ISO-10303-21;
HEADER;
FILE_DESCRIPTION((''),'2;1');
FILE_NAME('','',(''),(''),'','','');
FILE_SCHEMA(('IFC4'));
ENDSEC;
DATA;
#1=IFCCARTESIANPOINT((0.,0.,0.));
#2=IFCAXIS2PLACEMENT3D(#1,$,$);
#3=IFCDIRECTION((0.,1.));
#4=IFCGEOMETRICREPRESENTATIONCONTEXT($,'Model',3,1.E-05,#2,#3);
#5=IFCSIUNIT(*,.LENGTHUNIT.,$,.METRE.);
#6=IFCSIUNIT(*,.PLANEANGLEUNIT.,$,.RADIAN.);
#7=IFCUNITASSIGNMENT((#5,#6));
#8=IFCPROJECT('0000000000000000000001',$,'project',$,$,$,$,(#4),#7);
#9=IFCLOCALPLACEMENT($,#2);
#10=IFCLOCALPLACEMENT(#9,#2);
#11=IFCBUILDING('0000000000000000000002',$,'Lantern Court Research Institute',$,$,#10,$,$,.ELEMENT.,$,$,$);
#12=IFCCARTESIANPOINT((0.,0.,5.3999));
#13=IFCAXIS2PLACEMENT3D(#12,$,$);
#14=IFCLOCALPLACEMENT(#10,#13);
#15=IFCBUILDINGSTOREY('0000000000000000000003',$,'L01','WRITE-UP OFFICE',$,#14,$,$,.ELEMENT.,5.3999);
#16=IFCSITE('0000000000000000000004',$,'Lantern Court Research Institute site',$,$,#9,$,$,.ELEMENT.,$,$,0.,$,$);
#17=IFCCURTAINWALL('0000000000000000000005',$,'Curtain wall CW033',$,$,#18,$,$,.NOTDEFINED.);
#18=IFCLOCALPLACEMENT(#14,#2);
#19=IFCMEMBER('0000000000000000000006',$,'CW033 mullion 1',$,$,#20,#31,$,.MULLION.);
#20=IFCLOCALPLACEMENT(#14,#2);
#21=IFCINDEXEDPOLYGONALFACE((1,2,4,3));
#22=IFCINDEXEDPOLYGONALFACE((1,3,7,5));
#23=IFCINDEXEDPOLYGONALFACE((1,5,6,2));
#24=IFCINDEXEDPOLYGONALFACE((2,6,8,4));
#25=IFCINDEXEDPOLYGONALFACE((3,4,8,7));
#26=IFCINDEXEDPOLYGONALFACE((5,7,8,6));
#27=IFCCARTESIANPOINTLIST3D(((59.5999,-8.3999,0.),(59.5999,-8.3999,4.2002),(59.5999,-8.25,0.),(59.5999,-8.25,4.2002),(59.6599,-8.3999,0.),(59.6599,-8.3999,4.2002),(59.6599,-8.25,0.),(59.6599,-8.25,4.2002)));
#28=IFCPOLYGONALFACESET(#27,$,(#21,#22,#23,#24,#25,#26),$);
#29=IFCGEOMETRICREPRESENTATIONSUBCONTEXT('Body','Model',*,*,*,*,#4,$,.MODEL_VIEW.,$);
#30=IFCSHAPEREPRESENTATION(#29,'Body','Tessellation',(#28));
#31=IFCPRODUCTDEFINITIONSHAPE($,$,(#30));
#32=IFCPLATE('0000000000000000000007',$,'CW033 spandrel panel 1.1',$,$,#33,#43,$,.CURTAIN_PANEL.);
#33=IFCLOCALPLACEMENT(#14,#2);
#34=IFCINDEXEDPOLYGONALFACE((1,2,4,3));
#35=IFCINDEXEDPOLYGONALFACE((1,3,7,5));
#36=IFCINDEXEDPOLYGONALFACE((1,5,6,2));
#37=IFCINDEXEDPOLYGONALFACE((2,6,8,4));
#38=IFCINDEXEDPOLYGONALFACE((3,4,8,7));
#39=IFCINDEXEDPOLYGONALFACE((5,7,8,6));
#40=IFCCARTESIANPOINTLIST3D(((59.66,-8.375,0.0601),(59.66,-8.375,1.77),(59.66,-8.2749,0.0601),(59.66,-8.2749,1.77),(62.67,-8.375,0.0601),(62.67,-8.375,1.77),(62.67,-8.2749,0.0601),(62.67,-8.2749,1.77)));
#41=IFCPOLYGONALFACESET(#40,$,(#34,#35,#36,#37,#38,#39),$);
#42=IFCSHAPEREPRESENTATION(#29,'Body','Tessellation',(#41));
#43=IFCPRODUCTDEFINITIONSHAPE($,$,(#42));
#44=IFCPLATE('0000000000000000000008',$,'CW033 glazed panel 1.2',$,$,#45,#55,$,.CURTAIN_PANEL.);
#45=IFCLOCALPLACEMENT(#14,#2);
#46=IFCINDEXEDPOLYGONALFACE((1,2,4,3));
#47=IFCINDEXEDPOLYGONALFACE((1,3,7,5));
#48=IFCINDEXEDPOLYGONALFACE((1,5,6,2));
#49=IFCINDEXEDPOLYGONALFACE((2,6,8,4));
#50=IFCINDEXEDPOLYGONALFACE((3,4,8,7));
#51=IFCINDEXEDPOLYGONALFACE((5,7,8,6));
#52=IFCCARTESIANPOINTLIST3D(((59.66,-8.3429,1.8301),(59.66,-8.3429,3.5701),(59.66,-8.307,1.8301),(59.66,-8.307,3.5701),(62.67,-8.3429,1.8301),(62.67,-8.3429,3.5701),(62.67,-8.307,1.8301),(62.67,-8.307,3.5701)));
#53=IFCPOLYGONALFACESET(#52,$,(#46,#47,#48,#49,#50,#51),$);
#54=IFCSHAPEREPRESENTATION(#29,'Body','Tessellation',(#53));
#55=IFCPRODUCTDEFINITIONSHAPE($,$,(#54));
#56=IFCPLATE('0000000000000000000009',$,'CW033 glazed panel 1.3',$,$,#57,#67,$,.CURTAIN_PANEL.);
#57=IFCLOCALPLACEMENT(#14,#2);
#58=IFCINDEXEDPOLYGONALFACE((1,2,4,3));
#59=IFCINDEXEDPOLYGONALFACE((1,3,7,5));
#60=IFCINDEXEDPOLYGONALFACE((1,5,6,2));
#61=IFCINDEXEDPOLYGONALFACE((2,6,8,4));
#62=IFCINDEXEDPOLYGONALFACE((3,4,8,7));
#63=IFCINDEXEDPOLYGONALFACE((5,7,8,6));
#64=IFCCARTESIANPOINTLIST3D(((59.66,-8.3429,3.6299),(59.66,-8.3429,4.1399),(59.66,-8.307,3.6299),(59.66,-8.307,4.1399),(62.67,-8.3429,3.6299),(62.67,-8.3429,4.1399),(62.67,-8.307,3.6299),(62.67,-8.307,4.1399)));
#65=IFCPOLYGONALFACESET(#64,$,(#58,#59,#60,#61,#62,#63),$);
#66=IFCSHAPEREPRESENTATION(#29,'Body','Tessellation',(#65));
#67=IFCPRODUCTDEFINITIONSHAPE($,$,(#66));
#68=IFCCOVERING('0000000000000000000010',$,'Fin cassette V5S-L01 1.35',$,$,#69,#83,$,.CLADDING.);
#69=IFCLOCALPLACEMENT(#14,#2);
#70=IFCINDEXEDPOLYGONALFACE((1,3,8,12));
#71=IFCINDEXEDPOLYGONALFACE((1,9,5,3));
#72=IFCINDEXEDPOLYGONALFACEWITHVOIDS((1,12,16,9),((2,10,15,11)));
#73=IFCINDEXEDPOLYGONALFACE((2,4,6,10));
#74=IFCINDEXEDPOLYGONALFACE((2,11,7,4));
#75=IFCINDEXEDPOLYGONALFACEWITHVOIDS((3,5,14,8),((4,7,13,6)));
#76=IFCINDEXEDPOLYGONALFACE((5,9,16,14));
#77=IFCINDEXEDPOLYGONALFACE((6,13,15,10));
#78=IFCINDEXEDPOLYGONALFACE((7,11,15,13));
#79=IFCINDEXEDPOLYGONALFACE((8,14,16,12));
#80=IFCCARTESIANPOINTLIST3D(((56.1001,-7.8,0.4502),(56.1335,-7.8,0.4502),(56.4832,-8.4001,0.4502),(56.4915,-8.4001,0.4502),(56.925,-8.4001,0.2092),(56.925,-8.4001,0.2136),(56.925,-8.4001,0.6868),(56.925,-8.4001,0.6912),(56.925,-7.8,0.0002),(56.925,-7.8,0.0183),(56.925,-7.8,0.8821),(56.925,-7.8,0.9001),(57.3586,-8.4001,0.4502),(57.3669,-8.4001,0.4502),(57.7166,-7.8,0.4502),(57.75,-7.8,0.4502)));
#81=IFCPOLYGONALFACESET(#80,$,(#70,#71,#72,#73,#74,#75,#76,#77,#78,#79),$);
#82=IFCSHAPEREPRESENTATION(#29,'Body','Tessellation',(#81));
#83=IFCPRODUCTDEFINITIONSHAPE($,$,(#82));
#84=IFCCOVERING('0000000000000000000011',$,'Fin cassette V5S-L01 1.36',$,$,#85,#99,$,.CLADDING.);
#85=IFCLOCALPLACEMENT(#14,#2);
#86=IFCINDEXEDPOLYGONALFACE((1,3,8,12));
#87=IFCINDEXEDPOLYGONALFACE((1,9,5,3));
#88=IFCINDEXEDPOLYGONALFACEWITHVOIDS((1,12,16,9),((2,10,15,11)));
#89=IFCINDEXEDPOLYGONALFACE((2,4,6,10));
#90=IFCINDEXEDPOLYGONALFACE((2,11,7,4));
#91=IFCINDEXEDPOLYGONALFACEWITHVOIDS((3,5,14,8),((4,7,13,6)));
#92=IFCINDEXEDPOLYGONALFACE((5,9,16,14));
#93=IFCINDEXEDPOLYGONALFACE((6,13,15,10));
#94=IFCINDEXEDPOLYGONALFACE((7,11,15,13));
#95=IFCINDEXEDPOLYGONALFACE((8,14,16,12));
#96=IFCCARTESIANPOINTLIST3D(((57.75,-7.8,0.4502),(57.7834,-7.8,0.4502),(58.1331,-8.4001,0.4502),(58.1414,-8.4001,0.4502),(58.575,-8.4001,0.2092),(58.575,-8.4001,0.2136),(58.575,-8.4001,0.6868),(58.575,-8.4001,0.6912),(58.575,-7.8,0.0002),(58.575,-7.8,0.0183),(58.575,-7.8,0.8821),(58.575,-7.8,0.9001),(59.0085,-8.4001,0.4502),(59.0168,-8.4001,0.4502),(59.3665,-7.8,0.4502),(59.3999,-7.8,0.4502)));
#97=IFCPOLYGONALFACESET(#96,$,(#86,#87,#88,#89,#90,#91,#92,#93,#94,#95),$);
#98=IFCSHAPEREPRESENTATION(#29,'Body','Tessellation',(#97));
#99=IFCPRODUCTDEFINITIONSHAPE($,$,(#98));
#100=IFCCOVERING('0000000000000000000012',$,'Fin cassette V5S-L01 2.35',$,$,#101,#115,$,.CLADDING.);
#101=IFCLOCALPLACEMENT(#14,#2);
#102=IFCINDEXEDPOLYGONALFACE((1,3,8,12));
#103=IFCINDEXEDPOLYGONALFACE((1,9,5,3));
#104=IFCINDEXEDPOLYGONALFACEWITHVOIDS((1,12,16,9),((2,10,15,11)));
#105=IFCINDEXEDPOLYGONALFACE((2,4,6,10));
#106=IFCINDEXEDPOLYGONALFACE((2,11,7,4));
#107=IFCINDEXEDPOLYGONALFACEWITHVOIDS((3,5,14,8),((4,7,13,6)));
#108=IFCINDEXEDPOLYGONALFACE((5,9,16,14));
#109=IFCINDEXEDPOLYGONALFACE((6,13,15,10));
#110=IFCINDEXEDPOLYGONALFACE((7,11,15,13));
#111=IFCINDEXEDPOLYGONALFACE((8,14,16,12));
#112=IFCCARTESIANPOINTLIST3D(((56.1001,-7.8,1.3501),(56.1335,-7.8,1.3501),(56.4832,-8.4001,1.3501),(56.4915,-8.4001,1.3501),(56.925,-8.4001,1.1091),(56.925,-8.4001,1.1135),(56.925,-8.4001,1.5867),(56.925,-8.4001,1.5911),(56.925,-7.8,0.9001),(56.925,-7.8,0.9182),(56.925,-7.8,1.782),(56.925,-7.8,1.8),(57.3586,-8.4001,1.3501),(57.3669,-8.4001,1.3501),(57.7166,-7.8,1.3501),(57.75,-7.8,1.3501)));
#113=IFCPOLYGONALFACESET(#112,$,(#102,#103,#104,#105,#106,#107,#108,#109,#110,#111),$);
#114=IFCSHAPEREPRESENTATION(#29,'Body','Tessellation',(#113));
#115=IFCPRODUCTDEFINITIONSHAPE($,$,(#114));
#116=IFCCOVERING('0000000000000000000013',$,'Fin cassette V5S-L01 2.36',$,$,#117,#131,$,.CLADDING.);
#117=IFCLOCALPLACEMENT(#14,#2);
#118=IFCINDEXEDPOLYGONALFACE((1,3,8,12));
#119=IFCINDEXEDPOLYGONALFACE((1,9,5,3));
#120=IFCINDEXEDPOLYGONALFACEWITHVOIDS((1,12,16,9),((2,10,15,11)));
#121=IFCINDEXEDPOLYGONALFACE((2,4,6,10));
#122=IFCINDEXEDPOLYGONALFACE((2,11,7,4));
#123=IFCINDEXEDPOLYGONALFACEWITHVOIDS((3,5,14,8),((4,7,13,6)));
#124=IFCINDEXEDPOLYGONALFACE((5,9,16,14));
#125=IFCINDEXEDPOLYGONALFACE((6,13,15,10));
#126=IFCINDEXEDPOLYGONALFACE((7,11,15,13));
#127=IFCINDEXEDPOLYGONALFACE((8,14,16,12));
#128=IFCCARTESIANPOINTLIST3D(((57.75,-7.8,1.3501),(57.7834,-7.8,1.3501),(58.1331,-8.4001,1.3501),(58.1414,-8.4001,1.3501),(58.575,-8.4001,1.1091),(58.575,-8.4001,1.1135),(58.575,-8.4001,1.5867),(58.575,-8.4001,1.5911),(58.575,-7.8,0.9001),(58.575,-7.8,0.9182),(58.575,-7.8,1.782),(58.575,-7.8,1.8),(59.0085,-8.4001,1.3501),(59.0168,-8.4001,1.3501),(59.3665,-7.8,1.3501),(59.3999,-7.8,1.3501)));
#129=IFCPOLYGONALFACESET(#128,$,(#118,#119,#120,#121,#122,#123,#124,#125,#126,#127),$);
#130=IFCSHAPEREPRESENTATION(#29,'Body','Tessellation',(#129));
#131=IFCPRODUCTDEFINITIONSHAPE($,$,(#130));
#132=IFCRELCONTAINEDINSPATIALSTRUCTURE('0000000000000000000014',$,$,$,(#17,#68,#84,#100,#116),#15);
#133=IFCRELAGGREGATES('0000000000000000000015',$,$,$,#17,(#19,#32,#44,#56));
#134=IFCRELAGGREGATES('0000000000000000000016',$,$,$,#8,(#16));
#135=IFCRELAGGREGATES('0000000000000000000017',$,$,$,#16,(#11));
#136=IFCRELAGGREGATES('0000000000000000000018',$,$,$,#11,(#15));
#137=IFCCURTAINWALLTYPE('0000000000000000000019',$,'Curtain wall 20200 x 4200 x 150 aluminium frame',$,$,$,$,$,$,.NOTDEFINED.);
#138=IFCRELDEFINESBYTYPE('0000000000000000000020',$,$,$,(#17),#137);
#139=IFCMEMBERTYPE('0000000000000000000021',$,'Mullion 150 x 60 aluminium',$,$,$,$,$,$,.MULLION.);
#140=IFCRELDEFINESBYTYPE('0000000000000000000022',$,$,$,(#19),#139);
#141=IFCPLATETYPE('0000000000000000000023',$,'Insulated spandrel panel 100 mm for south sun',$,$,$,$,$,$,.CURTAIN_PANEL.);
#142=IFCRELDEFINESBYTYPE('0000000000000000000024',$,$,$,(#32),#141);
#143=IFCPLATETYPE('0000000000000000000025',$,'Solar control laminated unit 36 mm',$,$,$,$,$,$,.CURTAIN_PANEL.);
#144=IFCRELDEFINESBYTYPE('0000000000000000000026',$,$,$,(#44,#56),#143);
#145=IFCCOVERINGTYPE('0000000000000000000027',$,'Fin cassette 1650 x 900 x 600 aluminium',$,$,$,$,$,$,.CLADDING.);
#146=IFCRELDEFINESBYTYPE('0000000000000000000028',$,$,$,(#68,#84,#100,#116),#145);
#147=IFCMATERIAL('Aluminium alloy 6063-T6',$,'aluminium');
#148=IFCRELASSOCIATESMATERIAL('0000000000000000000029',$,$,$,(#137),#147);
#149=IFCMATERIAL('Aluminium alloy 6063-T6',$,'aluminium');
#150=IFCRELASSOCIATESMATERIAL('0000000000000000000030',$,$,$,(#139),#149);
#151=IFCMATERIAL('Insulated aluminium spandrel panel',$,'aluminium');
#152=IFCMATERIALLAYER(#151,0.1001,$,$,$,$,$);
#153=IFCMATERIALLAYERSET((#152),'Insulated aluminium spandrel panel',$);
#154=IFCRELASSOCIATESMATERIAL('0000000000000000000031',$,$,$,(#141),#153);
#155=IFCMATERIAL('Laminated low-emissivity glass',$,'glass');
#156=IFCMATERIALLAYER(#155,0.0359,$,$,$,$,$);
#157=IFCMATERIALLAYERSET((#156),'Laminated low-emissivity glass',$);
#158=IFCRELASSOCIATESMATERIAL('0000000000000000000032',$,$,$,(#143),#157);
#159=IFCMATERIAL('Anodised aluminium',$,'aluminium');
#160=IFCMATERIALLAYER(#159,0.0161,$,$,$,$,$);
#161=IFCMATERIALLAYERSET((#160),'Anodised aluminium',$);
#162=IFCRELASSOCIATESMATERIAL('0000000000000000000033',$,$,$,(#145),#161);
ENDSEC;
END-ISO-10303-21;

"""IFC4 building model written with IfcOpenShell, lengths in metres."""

from ifc_helpers import new_model, entity, si_unit, direction, frame, origin, origin_2d, place, context, subcontext, project, spatial, rectangle, extrude, material, layer, layer_set, material_profile, profile_set, type_object, element, aggregate, save


model = new_model("IFC4")

# Units and contexts
model_context = context("Model", 3, precision=1e-05, world=origin(), true_north=direction((0.0, 1.0)))
body_context = subcontext(model_context, "Body", "Model", "MODEL_VIEW")
ifc_project = project(units=[si_unit("LENGTHUNIT", "METRE"), si_unit("PLANEANGLEUNIT", "RADIAN")], contexts=[model_context])

# Site, building, storey
site_placement = place(None, origin())
site = spatial("IfcSite", under=ifc_project, at=site_placement, Name="Lantern Court Research Institute site", CompositionType="ELEMENT", RefElevation=0.0)
building_placement = place(site_placement, origin())
building = spatial("IfcBuilding", under=site, at=building_placement, Name="Lantern Court Research Institute", CompositionType="ELEMENT")
storey_placement = place(building_placement, frame((0.0, 0.0, 5.3999)))
storey = spatial("IfcBuildingStorey", under=building, at=storey_placement, Name="L01", Description="WRITE-UP OFFICE", CompositionType="ELEMENT", Elevation=5.3999)

# Curtain wall, member, plates
ifc_material_1 = material(Name="Aluminium alloy 6063-T6", Category="aluminium")
curtain_wall_type = type_object("IfcCurtainWallType", Name="Curtain wall 20200 x 4200 x 150 aluminium frame", PredefinedType="NOTDEFINED", material=ifc_material_1)
curtain_wall_placement = place(storey_placement, origin())
curtain_wall = element("IfcCurtainWall", 1, at=curtain_wall_placement, inside=storey, type_object=curtain_wall_type, Name="Curtain wall CW033", PredefinedType="NOTDEFINED")
ifc_material_2 = material(Name="Aluminium alloy 6063-T6", Category="aluminium")
ifc_material_profile = material_profile(ifc_material_2, rectangle(XDim=0.1499, YDim=0.0601, at=origin_2d()), Name="Mullion 150 x 60")
ifc_profile_set = profile_set([ifc_material_profile], Name="Aluminium alloy 6063-T6")
member_type = type_object("IfcMemberType", Name="Mullion 150 x 60 aluminium", PredefinedType="MULLION", material=ifc_profile_set)
member_placement = place(storey_placement, frame((59.6299, -8.325, 0.0), z_axis=(0.0, 0.0, 1.0), x_axis=(0.0, -1.0, 0.0)))
member = element("IfcMember", 2, at=member_placement, type_object=member_type, Name="CW033 mullion 1", PredefinedType="MULLION", context=body_context, shape_type="SweptSolid", body=[
    extrude(rectangle(XDim=0.1499, YDim=0.0601, at=origin_2d()), origin(), (0.0, 0.0, 1.0), 4.2002),
])
ifc_material_3 = material(Name="Insulated aluminium spandrel panel", Category="aluminium")
ifc_layer_1 = layer(ifc_material_3, 0.1001)
ifc_layer_set_1 = layer_set([ifc_layer_1], Name="Insulated aluminium spandrel panel")
plate_type_1 = type_object("IfcPlateType", Name="Insulated spandrel panel 100 mm for south sun", PredefinedType="CURTAIN_PANEL", material=ifc_layer_set_1)
plate_1_placement = place(storey_placement, frame((61.165, -8.325, 0.0601), z_axis=(0.0, 0.0, 1.0), x_axis=(-1.0, 0.0, 0.0)))
plate_1 = element("IfcPlate", 3, at=plate_1_placement, type_object=plate_type_1, Name="CW033 spandrel panel 1.1", PredefinedType="CURTAIN_PANEL", context=body_context, shape_type="SweptSolid", body=[
    extrude(rectangle(XDim=3.01, YDim=0.1001, at=origin_2d()), origin(), (0.0, 0.0, 1.0), 1.71),
])
ifc_material_4 = material(Name="Laminated low-emissivity glass", Category="glass")
ifc_layer_2 = layer(ifc_material_4, 0.0359)
ifc_layer_set_2 = layer_set([ifc_layer_2], Name="Laminated low-emissivity glass")
plate_type_2 = type_object("IfcPlateType", Name="Solar control laminated unit 36 mm", PredefinedType="CURTAIN_PANEL", material=ifc_layer_set_2)
plate_2_placement = place(storey_placement, frame((61.165, -8.325, 1.8301), z_axis=(0.0, 0.0, 1.0), x_axis=(-1.0, 0.0, 0.0)))
plate_2 = element("IfcPlate", 4, at=plate_2_placement, type_object=plate_type_2, Name="CW033 glazed panel 1.2", PredefinedType="CURTAIN_PANEL", context=body_context, shape_type="SweptSolid", body=[
    extrude(rectangle(XDim=3.01, YDim=0.0359, at=origin_2d()), origin(), (0.0, 0.0, 1.0), 1.74),
])
plate_3_placement = place(storey_placement, frame((61.165, -8.325, 3.6299), z_axis=(0.0, 0.0, 1.0), x_axis=(-1.0, 0.0, 0.0)))
plate_3 = element("IfcPlate", 5, at=plate_3_placement, type_object=plate_type_2, Name="CW033 glazed panel 1.3", PredefinedType="CURTAIN_PANEL", context=body_context, shape_type="SweptSolid", body=[
    extrude(rectangle(XDim=3.01, YDim=0.0359, at=origin_2d()), origin(), (0.0, 0.0, 1.0), 0.51),
])
aggregate(curtain_wall, [member, plate_1, plate_2, plate_3])

# Coverings
ifc_material_5 = material(Name="Anodised aluminium", Category="aluminium")
ifc_layer_3 = layer(ifc_material_5, 0.0161)
ifc_layer_set_3 = layer_set([ifc_layer_3], Name="Anodised aluminium")
covering_type = type_object("IfcCoveringType", Name="Fin cassette 1650 x 900 x 600 aluminium", PredefinedType="CLADDING", material=ifc_layer_set_3)
covering_1_placement = place(storey_placement, frame((56.925, -7.8, 0.4502), z_axis=(0.0, -1.0, 0.0), x_axis=(1.0, 0.0, 0.0)))
cartesian_point_1 = entity("IfcCartesianPoint", [0.825, 0.0])
cartesian_point_2 = entity("IfcCartesianPoint", [0.7915, 0.0])
cartesian_point_3 = entity("IfcCartesianPoint", [0.4419, 0.0])
cartesian_point_4 = entity("IfcCartesianPoint", [0.4336, 0.0])
element("IfcCovering", 6, at=covering_1_placement, inside=storey, type_object=covering_type, Name="Fin cassette V5S-L01 1.35", PredefinedType="CLADDING", context=body_context, shape_type="SweptSolid", body=[
    entity("IfcExtrudedAreaSolidTapered", entity("IfcArbitraryProfileDefWithVoids", "AREA", None, entity("IfcPolyline", [cartesian_point_1, entity("IfcCartesianPoint", [0.0, 0.45]), entity("IfcCartesianPoint", [-0.825, 0.0]), entity("IfcCartesianPoint", [0.0, -0.45]), cartesian_point_1]), [entity("IfcPolyline", [cartesian_point_2, entity("IfcCartesianPoint", [0.0, 0.4319]), entity("IfcCartesianPoint", [-0.7915, 0.0]), entity("IfcCartesianPoint", [0.0, -0.4319]), cartesian_point_2])]), entity("IfcAxis2Placement3D", entity("IfcCartesianPoint", [0.0, 0.0, 0.0])), entity("IfcDirection", [0.0, 0.0, 1.0]), 0.6001, entity("IfcArbitraryProfileDefWithVoids", "AREA", None, entity("IfcPolyline", [cartesian_point_3, entity("IfcCartesianPoint", [0.0, 0.241]), entity("IfcCartesianPoint", [-0.4419, 0.0]), entity("IfcCartesianPoint", [0.0, -0.241]), cartesian_point_3]), [entity("IfcPolyline", [cartesian_point_4, entity("IfcCartesianPoint", [0.0, 0.2366]), entity("IfcCartesianPoint", [-0.4336, 0.0]), entity("IfcCartesianPoint", [0.0, -0.2366]), cartesian_point_4])])),
])
covering_2_placement = place(storey_placement, frame((58.575, -7.8, 0.4502), z_axis=(0.0, -1.0, 0.0), x_axis=(1.0, 0.0, 0.0)))
cartesian_point_5 = entity("IfcCartesianPoint", [0.825, 0.0])
cartesian_point_6 = entity("IfcCartesianPoint", [0.7915, 0.0])
cartesian_point_7 = entity("IfcCartesianPoint", [0.4419, 0.0])
cartesian_point_8 = entity("IfcCartesianPoint", [0.4336, 0.0])
element("IfcCovering", 7, at=covering_2_placement, inside=storey, type_object=covering_type, Name="Fin cassette V5S-L01 1.36", PredefinedType="CLADDING", context=body_context, shape_type="SweptSolid", body=[
    entity("IfcExtrudedAreaSolidTapered", entity("IfcArbitraryProfileDefWithVoids", "AREA", None, entity("IfcPolyline", [cartesian_point_5, entity("IfcCartesianPoint", [0.0, 0.45]), entity("IfcCartesianPoint", [-0.825, 0.0]), entity("IfcCartesianPoint", [0.0, -0.45]), cartesian_point_5]), [entity("IfcPolyline", [cartesian_point_6, entity("IfcCartesianPoint", [0.0, 0.4319]), entity("IfcCartesianPoint", [-0.7915, 0.0]), entity("IfcCartesianPoint", [0.0, -0.4319]), cartesian_point_6])]), entity("IfcAxis2Placement3D", entity("IfcCartesianPoint", [0.0, 0.0, 0.0])), entity("IfcDirection", [0.0, 0.0, 1.0]), 0.6001, entity("IfcArbitraryProfileDefWithVoids", "AREA", None, entity("IfcPolyline", [cartesian_point_7, entity("IfcCartesianPoint", [0.0, 0.241]), entity("IfcCartesianPoint", [-0.4419, 0.0]), entity("IfcCartesianPoint", [0.0, -0.241]), cartesian_point_7]), [entity("IfcPolyline", [cartesian_point_8, entity("IfcCartesianPoint", [0.0, 0.2366]), entity("IfcCartesianPoint", [-0.4336, 0.0]), entity("IfcCartesianPoint", [0.0, -0.2366]), cartesian_point_8])])),
])
covering_3_placement = place(storey_placement, frame((56.925, -7.8, 1.3501), z_axis=(0.0, -1.0, 0.0), x_axis=(1.0, 0.0, 0.0)))
cartesian_point_9 = entity("IfcCartesianPoint", [0.825, 0.0])
cartesian_point_10 = entity("IfcCartesianPoint", [0.7915, 0.0])
cartesian_point_11 = entity("IfcCartesianPoint", [0.4419, 0.0])
cartesian_point_12 = entity("IfcCartesianPoint", [0.4336, 0.0])
element("IfcCovering", 8, at=covering_3_placement, inside=storey, type_object=covering_type, Name="Fin cassette V5S-L01 2.35", PredefinedType="CLADDING", context=body_context, shape_type="SweptSolid", body=[
    entity("IfcExtrudedAreaSolidTapered", entity("IfcArbitraryProfileDefWithVoids", "AREA", None, entity("IfcPolyline", [cartesian_point_9, entity("IfcCartesianPoint", [0.0, 0.45]), entity("IfcCartesianPoint", [-0.825, 0.0]), entity("IfcCartesianPoint", [0.0, -0.45]), cartesian_point_9]), [entity("IfcPolyline", [cartesian_point_10, entity("IfcCartesianPoint", [0.0, 0.4319]), entity("IfcCartesianPoint", [-0.7915, 0.0]), entity("IfcCartesianPoint", [0.0, -0.4319]), cartesian_point_10])]), entity("IfcAxis2Placement3D", entity("IfcCartesianPoint", [0.0, 0.0, 0.0])), entity("IfcDirection", [0.0, 0.0, 1.0]), 0.6001, entity("IfcArbitraryProfileDefWithVoids", "AREA", None, entity("IfcPolyline", [cartesian_point_11, entity("IfcCartesianPoint", [0.0, 0.241]), entity("IfcCartesianPoint", [-0.4419, 0.0]), entity("IfcCartesianPoint", [0.0, -0.241]), cartesian_point_11]), [entity("IfcPolyline", [cartesian_point_12, entity("IfcCartesianPoint", [0.0, 0.2366]), entity("IfcCartesianPoint", [-0.4336, 0.0]), entity("IfcCartesianPoint", [0.0, -0.2366]), cartesian_point_12])])),
])
covering_4_placement = place(storey_placement, frame((58.575, -7.8, 1.3501), z_axis=(0.0, -1.0, 0.0), x_axis=(1.0, 0.0, 0.0)))
cartesian_point_13 = entity("IfcCartesianPoint", [0.825, 0.0])
cartesian_point_14 = entity("IfcCartesianPoint", [0.7915, 0.0])
cartesian_point_15 = entity("IfcCartesianPoint", [0.4419, 0.0])
cartesian_point_16 = entity("IfcCartesianPoint", [0.4336, 0.0])
element("IfcCovering", 9, at=covering_4_placement, inside=storey, type_object=covering_type, Name="Fin cassette V5S-L01 2.36", PredefinedType="CLADDING", context=body_context, shape_type="SweptSolid", body=[
    entity("IfcExtrudedAreaSolidTapered", entity("IfcArbitraryProfileDefWithVoids", "AREA", None, entity("IfcPolyline", [cartesian_point_13, entity("IfcCartesianPoint", [0.0, 0.45]), entity("IfcCartesianPoint", [-0.825, 0.0]), entity("IfcCartesianPoint", [0.0, -0.45]), cartesian_point_13]), [entity("IfcPolyline", [cartesian_point_14, entity("IfcCartesianPoint", [0.0, 0.4319]), entity("IfcCartesianPoint", [-0.7915, 0.0]), entity("IfcCartesianPoint", [0.0, -0.4319]), cartesian_point_14])]), entity("IfcAxis2Placement3D", entity("IfcCartesianPoint", [0.0, 0.0, 0.0])), entity("IfcDirection", [0.0, 0.0, 1.0]), 0.6001, entity("IfcArbitraryProfileDefWithVoids", "AREA", None, entity("IfcPolyline", [cartesian_point_15, entity("IfcCartesianPoint", [0.0, 0.241]), entity("IfcCartesianPoint", [-0.4419, 0.0]), entity("IfcCartesianPoint", [0.0, -0.241]), cartesian_point_15]), [entity("IfcPolyline", [cartesian_point_16, entity("IfcCartesianPoint", [0.0, 0.2366]), entity("IfcCartesianPoint", [-0.4336, 0.0]), entity("IfcCartesianPoint", [0.0, -0.2366]), cartesian_point_16])])),
])

save(model, "model.ifc")
